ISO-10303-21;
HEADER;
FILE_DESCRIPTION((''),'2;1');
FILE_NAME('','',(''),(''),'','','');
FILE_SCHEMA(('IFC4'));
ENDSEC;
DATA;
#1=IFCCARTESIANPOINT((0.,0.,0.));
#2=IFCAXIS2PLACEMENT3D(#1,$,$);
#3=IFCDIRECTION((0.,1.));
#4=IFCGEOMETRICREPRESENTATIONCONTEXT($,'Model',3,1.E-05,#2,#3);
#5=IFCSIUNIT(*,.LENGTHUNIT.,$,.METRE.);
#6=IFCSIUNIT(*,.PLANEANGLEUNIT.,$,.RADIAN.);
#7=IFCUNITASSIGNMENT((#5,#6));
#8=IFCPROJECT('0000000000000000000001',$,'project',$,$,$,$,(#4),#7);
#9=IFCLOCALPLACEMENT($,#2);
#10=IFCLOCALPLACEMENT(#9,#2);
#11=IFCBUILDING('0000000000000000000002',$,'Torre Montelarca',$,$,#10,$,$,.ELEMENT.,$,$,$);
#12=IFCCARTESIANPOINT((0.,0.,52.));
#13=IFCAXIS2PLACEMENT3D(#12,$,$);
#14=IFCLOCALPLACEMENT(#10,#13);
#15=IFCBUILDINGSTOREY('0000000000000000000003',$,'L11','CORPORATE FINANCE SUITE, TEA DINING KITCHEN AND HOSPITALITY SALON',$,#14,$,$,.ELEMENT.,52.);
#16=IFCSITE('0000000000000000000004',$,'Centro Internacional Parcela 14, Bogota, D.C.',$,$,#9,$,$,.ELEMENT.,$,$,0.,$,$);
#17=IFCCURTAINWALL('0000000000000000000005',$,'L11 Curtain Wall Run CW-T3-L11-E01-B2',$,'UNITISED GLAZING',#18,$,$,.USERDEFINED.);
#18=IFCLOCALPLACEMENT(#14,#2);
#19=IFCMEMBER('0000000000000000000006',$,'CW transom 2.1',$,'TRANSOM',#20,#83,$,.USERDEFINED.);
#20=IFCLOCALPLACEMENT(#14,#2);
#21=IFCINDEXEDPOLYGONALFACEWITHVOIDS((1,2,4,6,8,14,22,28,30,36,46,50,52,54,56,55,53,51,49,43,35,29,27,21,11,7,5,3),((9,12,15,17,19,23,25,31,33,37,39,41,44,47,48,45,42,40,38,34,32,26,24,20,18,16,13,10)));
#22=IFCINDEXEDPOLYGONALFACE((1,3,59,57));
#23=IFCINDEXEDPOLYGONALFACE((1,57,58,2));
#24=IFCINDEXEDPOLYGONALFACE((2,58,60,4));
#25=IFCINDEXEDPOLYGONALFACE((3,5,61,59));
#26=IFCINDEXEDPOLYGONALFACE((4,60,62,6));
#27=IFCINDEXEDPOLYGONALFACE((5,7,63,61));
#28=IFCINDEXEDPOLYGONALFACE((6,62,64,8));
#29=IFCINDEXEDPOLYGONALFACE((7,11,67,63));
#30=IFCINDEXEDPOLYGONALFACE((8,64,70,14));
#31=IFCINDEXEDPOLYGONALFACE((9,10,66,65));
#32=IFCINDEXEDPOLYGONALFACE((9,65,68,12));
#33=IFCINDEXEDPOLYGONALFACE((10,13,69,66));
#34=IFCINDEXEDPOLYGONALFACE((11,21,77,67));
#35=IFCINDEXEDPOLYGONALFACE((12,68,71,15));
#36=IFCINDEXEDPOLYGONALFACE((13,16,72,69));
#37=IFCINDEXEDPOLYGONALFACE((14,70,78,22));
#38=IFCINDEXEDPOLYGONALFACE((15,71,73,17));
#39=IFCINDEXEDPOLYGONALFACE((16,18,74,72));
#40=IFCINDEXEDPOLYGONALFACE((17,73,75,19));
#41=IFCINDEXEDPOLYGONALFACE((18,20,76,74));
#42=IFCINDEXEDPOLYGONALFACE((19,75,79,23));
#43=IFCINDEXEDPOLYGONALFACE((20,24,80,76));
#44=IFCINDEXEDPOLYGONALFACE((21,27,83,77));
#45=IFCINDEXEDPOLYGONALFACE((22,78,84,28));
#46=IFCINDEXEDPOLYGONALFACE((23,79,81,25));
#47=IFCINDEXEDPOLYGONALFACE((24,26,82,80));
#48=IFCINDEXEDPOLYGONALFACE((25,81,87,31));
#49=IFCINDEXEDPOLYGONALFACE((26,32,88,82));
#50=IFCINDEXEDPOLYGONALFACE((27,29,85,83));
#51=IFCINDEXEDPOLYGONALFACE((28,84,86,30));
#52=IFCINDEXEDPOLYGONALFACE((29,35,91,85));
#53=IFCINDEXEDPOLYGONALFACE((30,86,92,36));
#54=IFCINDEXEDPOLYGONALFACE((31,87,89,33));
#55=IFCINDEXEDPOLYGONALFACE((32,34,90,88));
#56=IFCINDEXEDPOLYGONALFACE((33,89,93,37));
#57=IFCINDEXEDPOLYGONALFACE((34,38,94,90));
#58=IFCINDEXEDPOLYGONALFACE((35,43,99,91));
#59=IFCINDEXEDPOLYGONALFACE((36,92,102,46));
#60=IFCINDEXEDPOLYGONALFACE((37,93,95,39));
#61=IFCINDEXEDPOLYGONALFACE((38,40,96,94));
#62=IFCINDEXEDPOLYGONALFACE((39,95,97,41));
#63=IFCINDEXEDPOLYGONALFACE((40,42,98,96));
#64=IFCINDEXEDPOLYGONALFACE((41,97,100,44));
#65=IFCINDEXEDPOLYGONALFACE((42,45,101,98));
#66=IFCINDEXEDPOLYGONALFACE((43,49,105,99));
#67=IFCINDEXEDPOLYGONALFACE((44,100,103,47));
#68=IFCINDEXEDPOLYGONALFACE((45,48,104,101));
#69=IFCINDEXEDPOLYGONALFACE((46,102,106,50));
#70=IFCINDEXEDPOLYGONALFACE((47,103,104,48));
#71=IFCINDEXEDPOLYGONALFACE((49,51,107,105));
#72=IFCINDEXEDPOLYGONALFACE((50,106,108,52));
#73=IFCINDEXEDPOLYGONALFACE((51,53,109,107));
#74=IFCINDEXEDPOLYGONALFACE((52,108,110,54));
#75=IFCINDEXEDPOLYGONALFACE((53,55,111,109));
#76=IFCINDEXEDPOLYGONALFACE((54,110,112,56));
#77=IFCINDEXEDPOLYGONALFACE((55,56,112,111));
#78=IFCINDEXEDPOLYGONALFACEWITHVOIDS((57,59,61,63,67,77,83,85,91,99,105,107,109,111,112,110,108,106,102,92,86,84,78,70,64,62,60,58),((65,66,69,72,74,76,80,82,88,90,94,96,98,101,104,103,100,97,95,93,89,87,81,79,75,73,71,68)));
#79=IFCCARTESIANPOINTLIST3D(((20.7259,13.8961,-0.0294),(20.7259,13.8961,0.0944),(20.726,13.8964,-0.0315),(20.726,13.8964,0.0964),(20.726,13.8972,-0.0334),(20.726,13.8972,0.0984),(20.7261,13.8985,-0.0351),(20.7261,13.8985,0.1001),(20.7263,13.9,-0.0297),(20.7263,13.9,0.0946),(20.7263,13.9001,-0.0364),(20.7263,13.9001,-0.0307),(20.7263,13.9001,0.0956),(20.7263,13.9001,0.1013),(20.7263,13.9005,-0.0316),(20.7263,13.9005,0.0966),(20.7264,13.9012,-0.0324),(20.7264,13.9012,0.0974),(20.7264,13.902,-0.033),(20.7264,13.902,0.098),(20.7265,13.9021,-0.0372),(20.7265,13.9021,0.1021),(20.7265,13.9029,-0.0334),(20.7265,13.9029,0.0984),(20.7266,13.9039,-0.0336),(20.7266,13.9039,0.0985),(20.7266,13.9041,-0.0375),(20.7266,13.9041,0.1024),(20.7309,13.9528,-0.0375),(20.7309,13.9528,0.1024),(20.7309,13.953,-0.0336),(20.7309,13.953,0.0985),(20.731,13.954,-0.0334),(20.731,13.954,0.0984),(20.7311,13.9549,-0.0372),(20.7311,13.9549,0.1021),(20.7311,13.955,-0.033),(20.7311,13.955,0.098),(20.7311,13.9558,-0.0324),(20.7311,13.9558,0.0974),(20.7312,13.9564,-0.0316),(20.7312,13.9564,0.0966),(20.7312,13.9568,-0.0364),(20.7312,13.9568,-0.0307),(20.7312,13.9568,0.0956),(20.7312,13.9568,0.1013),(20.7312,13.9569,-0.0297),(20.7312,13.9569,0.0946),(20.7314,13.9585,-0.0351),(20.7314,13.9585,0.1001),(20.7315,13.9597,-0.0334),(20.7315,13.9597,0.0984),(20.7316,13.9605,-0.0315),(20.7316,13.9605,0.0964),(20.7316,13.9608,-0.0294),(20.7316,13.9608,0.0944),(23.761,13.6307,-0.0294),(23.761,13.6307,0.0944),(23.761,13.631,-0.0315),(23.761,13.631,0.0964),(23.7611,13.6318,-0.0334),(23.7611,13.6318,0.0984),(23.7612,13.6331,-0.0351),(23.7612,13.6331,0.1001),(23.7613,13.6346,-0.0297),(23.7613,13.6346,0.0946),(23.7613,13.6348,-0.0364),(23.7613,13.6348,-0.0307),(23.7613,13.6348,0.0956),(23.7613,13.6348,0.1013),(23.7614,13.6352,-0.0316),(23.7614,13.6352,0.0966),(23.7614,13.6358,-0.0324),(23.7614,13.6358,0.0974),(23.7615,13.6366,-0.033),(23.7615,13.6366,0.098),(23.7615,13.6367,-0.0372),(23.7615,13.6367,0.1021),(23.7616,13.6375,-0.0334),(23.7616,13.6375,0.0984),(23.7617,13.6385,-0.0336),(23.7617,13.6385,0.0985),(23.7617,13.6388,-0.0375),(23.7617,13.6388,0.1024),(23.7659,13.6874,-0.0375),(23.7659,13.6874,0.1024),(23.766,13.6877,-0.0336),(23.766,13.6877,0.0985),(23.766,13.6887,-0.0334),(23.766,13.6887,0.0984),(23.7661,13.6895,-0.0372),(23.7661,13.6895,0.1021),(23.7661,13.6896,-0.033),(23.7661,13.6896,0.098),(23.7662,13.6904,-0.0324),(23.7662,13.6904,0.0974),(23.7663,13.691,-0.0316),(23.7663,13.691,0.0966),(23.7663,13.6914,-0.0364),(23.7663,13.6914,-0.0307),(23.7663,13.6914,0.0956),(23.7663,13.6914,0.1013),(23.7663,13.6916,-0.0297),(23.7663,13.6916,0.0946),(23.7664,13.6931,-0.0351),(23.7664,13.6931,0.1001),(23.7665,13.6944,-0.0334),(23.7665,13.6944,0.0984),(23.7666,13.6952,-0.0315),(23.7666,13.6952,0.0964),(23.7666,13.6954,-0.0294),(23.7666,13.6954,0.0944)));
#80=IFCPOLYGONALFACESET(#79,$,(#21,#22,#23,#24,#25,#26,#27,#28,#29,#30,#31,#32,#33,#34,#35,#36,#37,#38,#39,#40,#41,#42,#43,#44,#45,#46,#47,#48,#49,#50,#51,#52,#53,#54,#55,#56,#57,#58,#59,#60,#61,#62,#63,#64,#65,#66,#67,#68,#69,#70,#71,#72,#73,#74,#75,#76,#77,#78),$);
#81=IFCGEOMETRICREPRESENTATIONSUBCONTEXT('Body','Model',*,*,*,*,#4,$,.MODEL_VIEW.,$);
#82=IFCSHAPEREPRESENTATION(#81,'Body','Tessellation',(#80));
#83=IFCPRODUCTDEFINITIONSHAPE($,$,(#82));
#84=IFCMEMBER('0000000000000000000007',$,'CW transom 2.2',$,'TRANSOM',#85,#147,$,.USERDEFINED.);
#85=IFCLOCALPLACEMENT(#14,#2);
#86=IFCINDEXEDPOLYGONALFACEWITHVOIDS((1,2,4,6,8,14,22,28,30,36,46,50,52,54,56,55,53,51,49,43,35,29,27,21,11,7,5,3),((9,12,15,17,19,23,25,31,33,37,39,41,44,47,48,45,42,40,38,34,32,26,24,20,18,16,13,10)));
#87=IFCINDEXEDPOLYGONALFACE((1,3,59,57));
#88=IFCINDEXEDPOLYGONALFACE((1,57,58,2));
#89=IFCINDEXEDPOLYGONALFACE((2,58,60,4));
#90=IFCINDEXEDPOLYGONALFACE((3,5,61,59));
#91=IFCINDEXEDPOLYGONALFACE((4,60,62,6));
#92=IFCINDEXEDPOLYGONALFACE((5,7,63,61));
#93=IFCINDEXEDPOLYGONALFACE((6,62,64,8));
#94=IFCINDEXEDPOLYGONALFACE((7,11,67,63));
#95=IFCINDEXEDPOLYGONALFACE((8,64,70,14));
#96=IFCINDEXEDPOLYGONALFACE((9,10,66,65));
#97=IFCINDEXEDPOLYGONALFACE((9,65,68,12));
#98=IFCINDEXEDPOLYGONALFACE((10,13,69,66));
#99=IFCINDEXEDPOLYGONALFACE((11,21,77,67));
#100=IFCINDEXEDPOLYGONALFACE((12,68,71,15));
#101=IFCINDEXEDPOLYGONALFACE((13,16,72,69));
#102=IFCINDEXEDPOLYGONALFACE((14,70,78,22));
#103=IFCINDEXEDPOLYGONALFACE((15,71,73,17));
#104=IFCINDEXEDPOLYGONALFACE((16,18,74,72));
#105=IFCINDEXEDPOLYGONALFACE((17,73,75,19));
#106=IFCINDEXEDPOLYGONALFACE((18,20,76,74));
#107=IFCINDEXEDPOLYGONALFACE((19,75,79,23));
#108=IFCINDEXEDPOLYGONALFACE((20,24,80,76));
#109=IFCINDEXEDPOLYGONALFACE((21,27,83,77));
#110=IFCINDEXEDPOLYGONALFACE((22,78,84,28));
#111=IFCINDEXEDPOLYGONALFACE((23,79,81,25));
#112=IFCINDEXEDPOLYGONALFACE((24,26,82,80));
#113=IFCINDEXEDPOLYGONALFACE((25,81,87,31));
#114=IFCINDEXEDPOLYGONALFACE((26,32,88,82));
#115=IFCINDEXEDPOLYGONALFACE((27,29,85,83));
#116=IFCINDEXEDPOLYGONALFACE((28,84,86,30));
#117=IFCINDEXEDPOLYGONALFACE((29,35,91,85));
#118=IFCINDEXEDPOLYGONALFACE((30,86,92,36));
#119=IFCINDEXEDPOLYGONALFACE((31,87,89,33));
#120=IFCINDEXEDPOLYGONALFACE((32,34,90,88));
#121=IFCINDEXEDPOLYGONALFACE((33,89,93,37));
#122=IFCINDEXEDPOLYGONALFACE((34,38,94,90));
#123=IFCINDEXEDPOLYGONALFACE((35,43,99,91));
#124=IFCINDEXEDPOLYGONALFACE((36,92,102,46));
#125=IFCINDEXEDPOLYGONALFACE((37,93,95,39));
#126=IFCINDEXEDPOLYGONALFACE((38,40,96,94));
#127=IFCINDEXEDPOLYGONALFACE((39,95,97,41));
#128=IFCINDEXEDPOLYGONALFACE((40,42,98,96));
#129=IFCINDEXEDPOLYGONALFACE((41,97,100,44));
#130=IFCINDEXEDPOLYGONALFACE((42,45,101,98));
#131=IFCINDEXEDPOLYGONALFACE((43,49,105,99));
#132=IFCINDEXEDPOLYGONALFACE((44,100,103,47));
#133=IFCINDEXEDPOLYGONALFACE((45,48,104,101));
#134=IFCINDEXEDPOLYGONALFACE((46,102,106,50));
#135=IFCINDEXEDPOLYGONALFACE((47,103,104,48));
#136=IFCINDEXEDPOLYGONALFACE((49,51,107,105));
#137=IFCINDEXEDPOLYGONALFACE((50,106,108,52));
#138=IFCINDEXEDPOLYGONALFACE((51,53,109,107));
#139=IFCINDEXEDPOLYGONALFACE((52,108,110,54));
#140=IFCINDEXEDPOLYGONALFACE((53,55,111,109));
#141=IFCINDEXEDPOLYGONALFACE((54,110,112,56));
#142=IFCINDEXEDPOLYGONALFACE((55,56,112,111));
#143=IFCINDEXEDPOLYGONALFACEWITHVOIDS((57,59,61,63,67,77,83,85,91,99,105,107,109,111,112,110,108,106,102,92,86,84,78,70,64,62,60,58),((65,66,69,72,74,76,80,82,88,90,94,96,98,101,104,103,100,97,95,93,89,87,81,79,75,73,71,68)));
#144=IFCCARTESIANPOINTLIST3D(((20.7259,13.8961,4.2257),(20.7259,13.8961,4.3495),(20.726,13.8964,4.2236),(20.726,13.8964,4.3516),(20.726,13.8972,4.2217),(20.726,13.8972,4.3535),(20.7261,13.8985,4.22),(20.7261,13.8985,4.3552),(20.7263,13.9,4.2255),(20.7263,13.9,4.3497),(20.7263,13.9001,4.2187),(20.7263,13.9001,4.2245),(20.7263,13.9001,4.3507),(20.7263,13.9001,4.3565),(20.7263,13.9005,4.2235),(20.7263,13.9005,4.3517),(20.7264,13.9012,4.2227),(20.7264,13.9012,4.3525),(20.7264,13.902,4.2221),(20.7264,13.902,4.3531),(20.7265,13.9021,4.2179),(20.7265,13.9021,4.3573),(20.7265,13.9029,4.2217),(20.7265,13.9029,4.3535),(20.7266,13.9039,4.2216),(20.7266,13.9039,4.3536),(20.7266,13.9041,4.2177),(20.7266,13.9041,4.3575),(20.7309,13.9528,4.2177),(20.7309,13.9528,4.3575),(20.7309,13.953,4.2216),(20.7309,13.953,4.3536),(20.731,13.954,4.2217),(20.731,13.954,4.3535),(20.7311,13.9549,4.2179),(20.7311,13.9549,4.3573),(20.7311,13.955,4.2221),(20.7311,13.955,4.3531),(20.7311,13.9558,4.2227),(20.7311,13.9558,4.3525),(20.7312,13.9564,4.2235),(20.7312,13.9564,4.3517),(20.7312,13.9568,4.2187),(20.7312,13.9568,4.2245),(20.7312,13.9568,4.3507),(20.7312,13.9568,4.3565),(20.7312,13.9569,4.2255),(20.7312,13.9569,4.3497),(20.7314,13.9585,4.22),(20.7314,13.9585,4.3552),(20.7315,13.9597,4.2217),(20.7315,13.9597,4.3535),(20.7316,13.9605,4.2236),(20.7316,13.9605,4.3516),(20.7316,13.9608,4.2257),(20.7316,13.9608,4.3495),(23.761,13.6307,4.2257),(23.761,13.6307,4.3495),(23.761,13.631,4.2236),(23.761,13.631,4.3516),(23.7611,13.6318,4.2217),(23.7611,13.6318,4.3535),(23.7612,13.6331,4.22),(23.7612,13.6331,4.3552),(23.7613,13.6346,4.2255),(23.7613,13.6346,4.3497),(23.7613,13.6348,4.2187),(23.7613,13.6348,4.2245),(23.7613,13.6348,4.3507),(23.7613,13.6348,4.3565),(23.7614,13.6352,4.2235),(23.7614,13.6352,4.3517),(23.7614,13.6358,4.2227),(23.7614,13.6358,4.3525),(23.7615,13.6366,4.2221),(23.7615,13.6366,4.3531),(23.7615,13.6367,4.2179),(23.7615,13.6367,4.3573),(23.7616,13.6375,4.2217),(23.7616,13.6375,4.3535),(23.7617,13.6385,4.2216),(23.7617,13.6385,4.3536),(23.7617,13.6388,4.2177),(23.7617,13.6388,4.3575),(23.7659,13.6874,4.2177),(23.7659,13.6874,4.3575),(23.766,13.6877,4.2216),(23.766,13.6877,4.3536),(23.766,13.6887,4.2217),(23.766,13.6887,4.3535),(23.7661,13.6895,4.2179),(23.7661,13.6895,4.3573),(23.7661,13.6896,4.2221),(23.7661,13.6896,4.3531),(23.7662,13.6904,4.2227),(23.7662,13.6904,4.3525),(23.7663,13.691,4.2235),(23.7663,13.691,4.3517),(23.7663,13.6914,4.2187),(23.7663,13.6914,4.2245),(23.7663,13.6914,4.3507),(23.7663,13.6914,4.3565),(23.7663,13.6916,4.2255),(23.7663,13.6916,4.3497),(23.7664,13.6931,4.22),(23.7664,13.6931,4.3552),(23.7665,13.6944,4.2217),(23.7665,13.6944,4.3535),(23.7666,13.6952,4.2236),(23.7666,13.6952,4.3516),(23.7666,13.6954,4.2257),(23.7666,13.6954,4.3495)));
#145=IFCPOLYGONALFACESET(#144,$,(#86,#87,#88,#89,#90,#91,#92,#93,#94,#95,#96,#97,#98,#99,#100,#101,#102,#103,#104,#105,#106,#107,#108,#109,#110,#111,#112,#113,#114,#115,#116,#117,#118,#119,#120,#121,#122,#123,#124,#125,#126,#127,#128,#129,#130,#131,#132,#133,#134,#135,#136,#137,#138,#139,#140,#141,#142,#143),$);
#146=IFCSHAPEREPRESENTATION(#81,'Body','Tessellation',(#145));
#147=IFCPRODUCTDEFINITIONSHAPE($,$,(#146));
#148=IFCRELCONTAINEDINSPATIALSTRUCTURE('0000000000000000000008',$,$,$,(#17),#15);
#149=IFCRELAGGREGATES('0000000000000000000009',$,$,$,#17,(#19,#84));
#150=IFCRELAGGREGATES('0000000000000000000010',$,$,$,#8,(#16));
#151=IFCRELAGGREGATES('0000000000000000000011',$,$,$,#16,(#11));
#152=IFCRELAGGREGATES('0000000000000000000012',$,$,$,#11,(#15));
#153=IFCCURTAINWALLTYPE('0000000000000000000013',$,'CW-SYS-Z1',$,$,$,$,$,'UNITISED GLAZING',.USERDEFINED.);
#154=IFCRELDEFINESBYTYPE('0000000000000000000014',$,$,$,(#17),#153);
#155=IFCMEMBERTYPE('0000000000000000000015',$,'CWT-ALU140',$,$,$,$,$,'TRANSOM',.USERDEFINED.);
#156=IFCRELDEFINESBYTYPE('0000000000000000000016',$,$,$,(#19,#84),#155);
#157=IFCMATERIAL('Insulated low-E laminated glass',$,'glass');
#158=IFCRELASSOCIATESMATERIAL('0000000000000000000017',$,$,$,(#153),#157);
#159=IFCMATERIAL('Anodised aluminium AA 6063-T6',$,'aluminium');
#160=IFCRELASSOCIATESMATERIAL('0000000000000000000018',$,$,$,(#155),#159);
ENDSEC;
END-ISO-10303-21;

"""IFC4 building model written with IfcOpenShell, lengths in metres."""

from ifc_helpers import new_model, si_unit, direction, frame, origin, origin_2d, place, context, subcontext, project, spatial, hollow_rectangle, extrude, source, transform, mapped, material, material_profile, profile_set, type_object, element, aggregate, save


model = new_model("IFC4")

# Units and contexts
model_context = context("Model", 3, precision=1e-05, world=origin(), true_north=direction((0.0, 1.0)))
body_context = subcontext(model_context, "Body", "Model", "MODEL_VIEW")
ifc_project = project(units=[si_unit("LENGTHUNIT", "METRE"), si_unit("PLANEANGLEUNIT", "RADIAN")], contexts=[model_context])

# Site, building, storey
site_placement = place(None, origin())
site = spatial("IfcSite", under=ifc_project, at=site_placement, Name="Centro Internacional Parcela 14, Bogota, D.C.", CompositionType="ELEMENT", RefElevation=0.0)
building_placement = place(site_placement, origin())
building = spatial("IfcBuilding", under=site, at=building_placement, Name="Torre Montelarca", CompositionType="ELEMENT")
storey_placement = place(building_placement, frame((0.0, 0.0, 52.0)))
storey = spatial("IfcBuildingStorey", under=building, at=storey_placement, Name="L11", Description="CORPORATE FINANCE SUITE, TEA DINING KITCHEN AND HOSPITALITY SALON", CompositionType="ELEMENT", Elevation=52.0)

# Curtain wall
ifc_material_1 = material(Name="Insulated low-E laminated glass", Category="glass")
curtain_wall_type = type_object("IfcCurtainWallType", Name="CW-SYS-Z1", ElementType="UNITISED GLAZING", PredefinedType="USERDEFINED", material=ifc_material_1)
ifc_material_2 = material(Name="Anodised aluminium AA 6063-T6", Category="aluminium")
curtain_wall_1_placement = place(storey_placement, origin())
curtain_wall_1 = element("IfcCurtainWall", 1, at=curtain_wall_1_placement, inside=storey, type_object=curtain_wall_type, Name="L11 Curtain Wall Run CW-T3-L11-E01-B2", ObjectType="UNITISED GLAZING", PredefinedType="USERDEFINED")

# Members
ifc_material_profile_1 = material_profile(ifc_material_2, hollow_rectangle(XDim=0.0649, YDim=0.1399, WallThickness=0.0039, InnerFilletRadius=0.0039, OuterFilletRadius=0.0081, at=origin_2d()), Name="ALU65X140X4", Category="aluminium")
ifc_profile_set_1 = profile_set([ifc_material_profile_1], Name="Anodised aluminium AA 6063-T6")
member_type_1 = type_object("IfcMemberType", Name="CWT-ALU140", ElementType="TRANSOM", PredefinedType="USERDEFINED", material=ifc_profile_set_1)
shared_shape_1 = source(origin(), body_context, "Body", "SweptSolid", [
    extrude(hollow_rectangle(XDim=0.0649, YDim=0.1399, WallThickness=0.0039, InnerFilletRadius=0.0039, OuterFilletRadius=0.0081, at=origin_2d()), origin(), (0.0, 0.0, 1.0), 3.0466),
])
member_1_placement = place(storey_placement, frame((20.7288, 13.9285, 0.0325), z_axis=(0.996199, -0.087103, 0.0), x_axis=(0.087103, 0.996199, 0.0)))
member_1 = element("IfcMember", 2, at=member_1_placement, type_object=member_type_1, Name="CW transom 2.1", ObjectType="TRANSOM", PredefinedType="USERDEFINED", context=body_context, shape_type="MappedRepresentation", body=[
    mapped(shared_shape_1, transform((0.0, 0.0, 0.0), scale=1.0)),
])
member_2_placement = place(storey_placement, frame((20.7288, 13.9285, 4.2876), z_axis=(0.996199, -0.087103, 0.0), x_axis=(0.087103, 0.996199, 0.0)))
member_2 = element("IfcMember", 3, at=member_2_placement, type_object=member_type_1, Name="CW transom 2.2", ObjectType="TRANSOM", PredefinedType="USERDEFINED", context=body_context, shape_type="MappedRepresentation", body=[
    mapped(shared_shape_1, transform((0.0, 0.0, 0.0), scale=1.0)),
])

aggregate(curtain_wall_1, [member_1, member_2])

save(model, "model.ifc")
